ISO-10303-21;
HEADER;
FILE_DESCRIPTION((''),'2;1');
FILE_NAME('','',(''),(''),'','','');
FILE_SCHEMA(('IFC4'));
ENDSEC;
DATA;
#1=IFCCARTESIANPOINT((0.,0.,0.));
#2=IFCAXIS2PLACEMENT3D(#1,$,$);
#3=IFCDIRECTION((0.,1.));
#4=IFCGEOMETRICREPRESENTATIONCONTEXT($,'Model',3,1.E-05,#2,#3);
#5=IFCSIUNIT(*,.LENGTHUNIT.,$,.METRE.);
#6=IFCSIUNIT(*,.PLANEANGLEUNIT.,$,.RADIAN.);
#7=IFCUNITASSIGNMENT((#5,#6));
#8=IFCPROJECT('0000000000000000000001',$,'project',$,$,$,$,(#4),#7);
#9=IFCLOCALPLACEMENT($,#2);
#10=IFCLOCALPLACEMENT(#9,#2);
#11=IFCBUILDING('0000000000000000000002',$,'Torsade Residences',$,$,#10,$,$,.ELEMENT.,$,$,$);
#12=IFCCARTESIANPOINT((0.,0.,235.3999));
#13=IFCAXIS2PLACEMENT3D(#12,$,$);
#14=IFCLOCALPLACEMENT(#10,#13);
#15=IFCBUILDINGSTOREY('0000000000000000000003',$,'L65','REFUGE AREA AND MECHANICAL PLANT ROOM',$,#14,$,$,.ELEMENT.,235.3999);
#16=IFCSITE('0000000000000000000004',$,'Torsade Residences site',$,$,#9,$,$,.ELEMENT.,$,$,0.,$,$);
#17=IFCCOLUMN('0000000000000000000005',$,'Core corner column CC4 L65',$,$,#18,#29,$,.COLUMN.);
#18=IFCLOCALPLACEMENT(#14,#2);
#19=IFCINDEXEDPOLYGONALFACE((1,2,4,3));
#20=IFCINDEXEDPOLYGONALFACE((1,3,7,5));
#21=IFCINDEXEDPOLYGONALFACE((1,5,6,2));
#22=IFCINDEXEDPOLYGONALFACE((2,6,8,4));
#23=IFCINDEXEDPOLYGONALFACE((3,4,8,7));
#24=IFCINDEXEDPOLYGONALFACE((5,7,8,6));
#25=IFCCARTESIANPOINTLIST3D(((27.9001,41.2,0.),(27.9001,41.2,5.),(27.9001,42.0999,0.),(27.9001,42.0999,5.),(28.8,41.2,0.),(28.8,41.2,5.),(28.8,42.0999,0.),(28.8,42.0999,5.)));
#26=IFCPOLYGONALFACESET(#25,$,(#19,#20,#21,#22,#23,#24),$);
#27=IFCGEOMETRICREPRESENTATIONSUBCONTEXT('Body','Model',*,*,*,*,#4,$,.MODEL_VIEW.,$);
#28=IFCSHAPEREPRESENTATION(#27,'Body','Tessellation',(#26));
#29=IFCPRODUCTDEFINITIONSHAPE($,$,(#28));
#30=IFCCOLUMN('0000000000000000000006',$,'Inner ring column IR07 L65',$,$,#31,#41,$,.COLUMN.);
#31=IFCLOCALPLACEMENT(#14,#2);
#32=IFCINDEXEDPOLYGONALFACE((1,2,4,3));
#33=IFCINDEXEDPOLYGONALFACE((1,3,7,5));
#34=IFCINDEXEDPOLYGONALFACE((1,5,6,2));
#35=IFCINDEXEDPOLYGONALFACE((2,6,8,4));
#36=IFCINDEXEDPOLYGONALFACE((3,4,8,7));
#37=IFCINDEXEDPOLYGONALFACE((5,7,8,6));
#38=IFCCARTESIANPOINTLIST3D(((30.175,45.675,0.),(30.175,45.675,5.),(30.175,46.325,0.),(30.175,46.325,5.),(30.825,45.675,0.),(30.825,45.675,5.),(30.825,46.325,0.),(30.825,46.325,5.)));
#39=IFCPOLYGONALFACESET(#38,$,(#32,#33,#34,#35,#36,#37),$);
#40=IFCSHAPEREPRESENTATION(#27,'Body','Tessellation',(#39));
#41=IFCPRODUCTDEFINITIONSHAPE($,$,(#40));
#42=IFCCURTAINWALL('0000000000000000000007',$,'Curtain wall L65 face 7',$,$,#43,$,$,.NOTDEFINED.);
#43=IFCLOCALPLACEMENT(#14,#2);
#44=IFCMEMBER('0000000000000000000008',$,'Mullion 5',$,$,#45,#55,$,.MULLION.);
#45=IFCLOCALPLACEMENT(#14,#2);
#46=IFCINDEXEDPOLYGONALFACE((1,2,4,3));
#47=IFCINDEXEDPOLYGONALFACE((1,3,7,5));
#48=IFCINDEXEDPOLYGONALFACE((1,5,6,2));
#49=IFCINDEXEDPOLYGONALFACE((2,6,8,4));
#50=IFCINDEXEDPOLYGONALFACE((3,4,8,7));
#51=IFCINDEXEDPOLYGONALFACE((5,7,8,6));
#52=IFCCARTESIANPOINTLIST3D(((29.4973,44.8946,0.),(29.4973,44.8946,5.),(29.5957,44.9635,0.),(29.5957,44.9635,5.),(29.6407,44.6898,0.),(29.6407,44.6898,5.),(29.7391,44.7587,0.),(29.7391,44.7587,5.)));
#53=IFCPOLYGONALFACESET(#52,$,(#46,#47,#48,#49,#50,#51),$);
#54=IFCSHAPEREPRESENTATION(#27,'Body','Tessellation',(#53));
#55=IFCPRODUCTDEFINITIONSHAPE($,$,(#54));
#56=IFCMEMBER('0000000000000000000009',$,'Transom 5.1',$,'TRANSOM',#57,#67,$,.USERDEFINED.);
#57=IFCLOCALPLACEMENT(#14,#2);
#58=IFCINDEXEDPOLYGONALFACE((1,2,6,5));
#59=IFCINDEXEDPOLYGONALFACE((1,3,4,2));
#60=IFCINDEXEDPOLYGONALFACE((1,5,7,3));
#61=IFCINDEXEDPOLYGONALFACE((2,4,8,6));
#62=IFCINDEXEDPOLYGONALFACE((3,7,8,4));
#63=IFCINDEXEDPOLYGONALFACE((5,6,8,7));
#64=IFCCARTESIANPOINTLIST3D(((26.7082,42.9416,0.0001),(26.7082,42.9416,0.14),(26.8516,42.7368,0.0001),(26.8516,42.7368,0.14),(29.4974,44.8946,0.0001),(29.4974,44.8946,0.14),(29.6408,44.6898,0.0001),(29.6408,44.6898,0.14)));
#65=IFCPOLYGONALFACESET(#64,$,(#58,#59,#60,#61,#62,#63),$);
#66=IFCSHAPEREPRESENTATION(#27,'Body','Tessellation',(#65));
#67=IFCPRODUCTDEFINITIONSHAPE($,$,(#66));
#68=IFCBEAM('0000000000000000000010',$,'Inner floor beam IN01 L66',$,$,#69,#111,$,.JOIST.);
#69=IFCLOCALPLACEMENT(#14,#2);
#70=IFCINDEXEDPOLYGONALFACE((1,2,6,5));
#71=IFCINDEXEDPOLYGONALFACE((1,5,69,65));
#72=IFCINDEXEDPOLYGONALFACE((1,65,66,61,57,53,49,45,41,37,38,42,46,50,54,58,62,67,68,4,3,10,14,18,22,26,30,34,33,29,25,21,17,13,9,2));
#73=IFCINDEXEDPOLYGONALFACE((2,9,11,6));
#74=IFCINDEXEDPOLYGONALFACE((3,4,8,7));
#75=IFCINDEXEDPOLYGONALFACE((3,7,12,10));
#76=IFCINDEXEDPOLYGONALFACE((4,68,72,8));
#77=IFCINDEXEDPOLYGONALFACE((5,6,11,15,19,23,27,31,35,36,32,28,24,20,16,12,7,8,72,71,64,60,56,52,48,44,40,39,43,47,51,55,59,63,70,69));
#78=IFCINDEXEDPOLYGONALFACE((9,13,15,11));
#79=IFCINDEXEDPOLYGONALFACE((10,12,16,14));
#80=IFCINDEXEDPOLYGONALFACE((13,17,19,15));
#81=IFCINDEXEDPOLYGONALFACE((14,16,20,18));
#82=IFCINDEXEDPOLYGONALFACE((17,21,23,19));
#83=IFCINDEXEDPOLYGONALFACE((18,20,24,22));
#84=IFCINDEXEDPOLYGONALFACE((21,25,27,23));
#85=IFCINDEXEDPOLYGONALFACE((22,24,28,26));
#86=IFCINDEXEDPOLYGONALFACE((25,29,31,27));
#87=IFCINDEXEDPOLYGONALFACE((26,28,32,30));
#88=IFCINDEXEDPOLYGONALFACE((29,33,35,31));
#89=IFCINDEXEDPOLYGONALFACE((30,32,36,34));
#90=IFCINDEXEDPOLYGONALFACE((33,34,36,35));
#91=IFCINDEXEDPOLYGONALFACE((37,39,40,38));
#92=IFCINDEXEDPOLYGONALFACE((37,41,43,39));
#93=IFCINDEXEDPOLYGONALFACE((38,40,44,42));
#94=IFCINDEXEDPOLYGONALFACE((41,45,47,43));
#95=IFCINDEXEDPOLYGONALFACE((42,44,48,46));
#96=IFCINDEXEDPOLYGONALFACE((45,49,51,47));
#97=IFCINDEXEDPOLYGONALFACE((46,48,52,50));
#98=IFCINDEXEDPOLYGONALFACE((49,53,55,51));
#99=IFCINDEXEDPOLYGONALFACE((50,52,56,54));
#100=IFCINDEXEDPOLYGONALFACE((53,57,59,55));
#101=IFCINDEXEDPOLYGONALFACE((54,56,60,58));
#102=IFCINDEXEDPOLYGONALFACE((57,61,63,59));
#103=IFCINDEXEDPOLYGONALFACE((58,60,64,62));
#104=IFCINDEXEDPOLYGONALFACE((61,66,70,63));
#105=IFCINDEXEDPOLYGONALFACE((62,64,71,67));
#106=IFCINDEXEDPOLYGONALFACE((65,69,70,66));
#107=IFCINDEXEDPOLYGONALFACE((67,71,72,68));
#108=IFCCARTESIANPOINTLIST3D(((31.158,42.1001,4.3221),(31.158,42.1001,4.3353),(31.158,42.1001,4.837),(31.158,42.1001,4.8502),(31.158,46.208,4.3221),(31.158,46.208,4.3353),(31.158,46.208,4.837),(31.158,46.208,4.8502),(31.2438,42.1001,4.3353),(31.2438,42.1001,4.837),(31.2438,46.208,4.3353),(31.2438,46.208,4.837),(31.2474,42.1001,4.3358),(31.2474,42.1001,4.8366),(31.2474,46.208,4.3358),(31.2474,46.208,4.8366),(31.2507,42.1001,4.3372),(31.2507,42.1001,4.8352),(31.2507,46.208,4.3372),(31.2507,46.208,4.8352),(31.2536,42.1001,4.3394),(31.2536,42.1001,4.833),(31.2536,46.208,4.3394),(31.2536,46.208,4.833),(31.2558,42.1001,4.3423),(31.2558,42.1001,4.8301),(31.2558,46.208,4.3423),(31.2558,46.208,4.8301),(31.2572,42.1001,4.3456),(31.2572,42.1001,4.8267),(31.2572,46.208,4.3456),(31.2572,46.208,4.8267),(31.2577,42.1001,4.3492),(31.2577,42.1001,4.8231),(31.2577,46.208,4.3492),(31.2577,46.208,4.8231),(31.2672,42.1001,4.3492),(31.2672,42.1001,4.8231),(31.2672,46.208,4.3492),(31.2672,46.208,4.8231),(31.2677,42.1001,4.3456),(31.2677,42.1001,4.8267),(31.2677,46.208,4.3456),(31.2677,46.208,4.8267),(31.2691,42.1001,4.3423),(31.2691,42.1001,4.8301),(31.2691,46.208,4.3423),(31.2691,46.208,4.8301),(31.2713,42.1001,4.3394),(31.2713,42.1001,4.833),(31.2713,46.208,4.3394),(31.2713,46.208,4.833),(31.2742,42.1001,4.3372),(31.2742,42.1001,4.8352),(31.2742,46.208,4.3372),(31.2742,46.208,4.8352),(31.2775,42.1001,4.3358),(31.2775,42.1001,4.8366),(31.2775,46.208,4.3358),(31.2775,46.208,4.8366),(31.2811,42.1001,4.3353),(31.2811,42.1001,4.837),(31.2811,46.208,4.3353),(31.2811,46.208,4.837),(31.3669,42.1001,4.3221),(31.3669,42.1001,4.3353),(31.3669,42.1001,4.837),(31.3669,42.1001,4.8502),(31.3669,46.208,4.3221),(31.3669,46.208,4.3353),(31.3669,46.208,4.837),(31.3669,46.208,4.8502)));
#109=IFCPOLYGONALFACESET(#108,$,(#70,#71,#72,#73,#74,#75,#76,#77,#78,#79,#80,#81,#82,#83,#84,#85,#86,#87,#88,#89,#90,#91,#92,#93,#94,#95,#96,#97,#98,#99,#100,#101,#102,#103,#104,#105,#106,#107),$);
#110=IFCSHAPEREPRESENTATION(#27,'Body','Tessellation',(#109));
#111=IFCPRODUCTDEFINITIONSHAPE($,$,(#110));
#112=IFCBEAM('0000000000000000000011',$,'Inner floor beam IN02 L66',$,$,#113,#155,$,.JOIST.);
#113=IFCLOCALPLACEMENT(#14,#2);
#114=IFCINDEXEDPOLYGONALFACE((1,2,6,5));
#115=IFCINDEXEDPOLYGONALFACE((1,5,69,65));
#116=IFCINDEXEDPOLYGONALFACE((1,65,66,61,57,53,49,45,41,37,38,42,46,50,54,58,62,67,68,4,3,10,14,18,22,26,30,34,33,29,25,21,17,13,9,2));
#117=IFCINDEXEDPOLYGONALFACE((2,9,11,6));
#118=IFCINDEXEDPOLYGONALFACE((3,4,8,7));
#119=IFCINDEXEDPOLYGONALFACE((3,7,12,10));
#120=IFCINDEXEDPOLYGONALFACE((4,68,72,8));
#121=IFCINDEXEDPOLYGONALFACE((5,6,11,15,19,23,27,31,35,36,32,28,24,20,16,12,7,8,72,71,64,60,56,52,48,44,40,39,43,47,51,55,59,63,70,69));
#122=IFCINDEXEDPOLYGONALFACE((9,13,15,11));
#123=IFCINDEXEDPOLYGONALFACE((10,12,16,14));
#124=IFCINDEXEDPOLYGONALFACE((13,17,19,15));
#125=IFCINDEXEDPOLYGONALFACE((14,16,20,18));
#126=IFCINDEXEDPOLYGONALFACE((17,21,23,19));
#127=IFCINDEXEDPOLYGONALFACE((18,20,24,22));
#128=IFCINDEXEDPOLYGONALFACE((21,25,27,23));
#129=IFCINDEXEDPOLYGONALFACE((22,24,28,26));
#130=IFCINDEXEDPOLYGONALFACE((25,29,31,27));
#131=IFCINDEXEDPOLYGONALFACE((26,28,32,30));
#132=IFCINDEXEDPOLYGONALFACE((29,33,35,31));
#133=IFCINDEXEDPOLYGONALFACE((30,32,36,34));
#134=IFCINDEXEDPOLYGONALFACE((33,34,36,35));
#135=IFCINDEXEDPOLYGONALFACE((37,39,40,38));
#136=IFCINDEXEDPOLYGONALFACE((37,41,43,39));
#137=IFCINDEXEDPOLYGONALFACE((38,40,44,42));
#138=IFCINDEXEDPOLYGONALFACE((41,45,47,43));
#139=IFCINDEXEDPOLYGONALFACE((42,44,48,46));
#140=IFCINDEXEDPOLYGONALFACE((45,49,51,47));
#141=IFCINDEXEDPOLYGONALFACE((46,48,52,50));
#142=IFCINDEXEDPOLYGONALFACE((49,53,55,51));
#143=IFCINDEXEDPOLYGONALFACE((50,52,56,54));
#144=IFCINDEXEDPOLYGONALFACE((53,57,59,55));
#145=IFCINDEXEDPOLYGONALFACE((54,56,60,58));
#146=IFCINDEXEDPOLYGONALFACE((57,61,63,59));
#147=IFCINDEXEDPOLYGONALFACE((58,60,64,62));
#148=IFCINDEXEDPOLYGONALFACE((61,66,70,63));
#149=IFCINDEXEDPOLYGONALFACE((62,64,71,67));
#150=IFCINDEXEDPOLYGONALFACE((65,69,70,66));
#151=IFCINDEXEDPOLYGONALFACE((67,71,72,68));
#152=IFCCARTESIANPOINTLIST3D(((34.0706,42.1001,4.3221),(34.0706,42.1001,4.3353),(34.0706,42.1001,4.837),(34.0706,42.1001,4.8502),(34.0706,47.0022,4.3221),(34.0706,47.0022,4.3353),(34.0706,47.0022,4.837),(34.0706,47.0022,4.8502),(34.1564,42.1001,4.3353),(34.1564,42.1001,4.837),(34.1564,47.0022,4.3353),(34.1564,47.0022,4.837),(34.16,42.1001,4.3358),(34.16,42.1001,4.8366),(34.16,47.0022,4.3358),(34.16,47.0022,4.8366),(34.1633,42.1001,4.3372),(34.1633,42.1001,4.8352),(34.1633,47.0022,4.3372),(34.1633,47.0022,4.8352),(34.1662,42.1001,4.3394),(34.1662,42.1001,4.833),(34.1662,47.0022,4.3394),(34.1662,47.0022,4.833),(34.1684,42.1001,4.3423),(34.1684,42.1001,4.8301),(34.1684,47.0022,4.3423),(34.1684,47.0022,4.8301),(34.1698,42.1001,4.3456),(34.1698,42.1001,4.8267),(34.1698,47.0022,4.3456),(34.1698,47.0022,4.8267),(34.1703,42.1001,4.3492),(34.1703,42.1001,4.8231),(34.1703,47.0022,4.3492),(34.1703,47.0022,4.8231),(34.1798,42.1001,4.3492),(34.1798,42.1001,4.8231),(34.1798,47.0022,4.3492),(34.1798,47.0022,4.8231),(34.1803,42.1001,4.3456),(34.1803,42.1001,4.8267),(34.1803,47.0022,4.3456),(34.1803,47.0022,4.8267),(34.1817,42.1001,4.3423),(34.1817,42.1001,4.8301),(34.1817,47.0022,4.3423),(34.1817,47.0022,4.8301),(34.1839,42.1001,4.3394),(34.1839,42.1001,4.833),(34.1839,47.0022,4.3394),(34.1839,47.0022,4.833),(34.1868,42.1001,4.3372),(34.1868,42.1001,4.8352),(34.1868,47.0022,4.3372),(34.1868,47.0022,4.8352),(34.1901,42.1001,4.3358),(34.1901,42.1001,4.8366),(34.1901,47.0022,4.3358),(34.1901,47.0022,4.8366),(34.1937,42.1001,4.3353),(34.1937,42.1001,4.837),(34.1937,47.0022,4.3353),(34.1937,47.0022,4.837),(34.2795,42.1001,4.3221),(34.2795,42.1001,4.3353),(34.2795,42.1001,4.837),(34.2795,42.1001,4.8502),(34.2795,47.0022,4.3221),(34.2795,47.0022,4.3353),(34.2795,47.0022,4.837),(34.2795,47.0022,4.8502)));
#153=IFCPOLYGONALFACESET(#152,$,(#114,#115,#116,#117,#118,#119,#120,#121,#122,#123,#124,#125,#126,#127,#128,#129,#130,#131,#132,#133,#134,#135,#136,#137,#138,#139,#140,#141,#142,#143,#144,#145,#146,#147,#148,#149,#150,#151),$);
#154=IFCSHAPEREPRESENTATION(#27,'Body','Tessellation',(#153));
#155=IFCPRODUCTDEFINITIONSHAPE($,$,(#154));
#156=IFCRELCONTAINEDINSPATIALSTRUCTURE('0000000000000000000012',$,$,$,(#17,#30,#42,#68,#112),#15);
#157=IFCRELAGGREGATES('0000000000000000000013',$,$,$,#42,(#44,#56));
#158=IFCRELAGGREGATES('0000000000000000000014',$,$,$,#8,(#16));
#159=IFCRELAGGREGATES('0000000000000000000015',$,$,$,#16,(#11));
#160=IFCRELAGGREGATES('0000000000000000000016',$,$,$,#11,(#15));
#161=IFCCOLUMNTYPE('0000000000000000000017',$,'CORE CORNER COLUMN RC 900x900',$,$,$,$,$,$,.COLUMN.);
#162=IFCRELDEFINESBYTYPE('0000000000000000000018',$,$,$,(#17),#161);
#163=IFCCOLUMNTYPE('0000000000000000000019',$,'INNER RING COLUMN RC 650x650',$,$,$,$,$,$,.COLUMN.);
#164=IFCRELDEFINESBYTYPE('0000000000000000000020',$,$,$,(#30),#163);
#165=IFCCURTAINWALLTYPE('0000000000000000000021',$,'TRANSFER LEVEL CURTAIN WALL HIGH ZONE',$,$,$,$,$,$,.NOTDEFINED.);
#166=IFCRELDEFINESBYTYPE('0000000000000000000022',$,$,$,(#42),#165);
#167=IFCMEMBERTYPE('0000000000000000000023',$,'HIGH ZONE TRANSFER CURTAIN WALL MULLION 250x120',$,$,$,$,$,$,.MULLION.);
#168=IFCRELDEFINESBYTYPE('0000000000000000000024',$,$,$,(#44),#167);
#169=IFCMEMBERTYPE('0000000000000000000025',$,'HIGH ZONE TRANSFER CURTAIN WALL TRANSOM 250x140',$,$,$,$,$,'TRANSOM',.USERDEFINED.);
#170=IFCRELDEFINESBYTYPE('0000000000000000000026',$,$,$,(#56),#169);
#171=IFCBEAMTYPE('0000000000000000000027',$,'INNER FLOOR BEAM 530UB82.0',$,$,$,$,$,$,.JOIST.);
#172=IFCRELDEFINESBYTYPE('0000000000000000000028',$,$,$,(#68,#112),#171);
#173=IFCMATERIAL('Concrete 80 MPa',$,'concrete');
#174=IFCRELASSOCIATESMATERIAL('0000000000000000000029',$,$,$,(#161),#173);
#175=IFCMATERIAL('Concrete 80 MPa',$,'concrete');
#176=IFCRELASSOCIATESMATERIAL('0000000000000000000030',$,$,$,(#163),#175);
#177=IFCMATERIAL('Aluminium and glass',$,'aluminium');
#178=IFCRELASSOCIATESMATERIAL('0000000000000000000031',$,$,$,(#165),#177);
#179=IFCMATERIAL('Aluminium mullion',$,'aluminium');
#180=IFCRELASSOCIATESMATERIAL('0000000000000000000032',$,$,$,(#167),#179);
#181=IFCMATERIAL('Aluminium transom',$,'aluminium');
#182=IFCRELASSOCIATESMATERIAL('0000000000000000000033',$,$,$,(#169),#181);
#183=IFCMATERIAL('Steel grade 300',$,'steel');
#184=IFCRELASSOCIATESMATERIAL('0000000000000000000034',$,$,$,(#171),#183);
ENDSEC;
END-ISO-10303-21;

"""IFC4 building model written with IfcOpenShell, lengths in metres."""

from ifc_helpers import new_model, si_unit, direction, frame, origin, origin_2d, place, context, subcontext, project, spatial, rectangle, i_section, extrude, material, material_profile, profile_set, type_object, element, aggregate, save


model = new_model("IFC4")

# Units and contexts
model_context = context("Model", 3, precision=1e-05, world=origin(), true_north=direction((0.0, 1.0)))
body_context = subcontext(model_context, "Body", "Model", "MODEL_VIEW")
ifc_project = project(units=[si_unit("LENGTHUNIT", "METRE"), si_unit("PLANEANGLEUNIT", "RADIAN")], contexts=[model_context])

# Site, building, storey
site_placement = place(None, origin())
site = spatial("IfcSite", under=ifc_project, at=site_placement, Name="Torsade Residences site", CompositionType="ELEMENT", RefElevation=0.0)
building_placement = place(site_placement, origin())
building = spatial("IfcBuilding", under=site, at=building_placement, Name="Torsade Residences", CompositionType="ELEMENT")
storey_placement = place(building_placement, frame((0.0, 0.0, 235.3999)))
storey = spatial("IfcBuildingStorey", under=building, at=storey_placement, Name="L65", Description="REFUGE AREA AND MECHANICAL PLANT ROOM", CompositionType="ELEMENT", Elevation=235.3999)

# Columns
ifc_material_1 = material(Name="Concrete 80 MPa", Category="concrete")
ifc_material_profile_1 = material_profile(ifc_material_1, rectangle(XDim=0.8999, YDim=0.8999, at=origin_2d()), Name="RC 900x900")
ifc_profile_set_1 = profile_set([ifc_material_profile_1], Name="Concrete 80 MPa")
column_type_1 = type_object("IfcColumnType", Name="CORE CORNER COLUMN RC 900x900", PredefinedType="COLUMN", material=ifc_profile_set_1)
column_1_placement = place(storey_placement, frame((28.3501, 41.6499, 0.0), z_axis=(0.0, 0.0, 1.0), x_axis=(1.0, 0.0, 0.0)))
element("IfcColumn", 1, at=column_1_placement, inside=storey, type_object=column_type_1, Name="Core corner column CC4 L65", PredefinedType="COLUMN", context=body_context, shape_type="SweptSolid", body=[
    extrude(rectangle(XDim=0.8999, YDim=0.8999, at=origin_2d()), origin(), (0.0, 0.0, 1.0), 5.0),
])
ifc_material_2 = material(Name="Concrete 80 MPa", Category="concrete")
ifc_material_profile_2 = material_profile(ifc_material_2, rectangle(XDim=0.6499, YDim=0.6499, at=origin_2d()), Name="RC 650x650")
ifc_profile_set_2 = profile_set([ifc_material_profile_2], Name="Concrete 80 MPa")
column_type_2 = type_object("IfcColumnType", Name="INNER RING COLUMN RC 650x650", PredefinedType="COLUMN", material=ifc_profile_set_2)
column_2_placement = place(storey_placement, frame((30.5, 46.0, 0.0), z_axis=(0.0, 0.0, 1.0), x_axis=(1.0, 0.0, 0.0)))
element("IfcColumn", 2, at=column_2_placement, inside=storey, type_object=column_type_2, Name="Inner ring column IR07 L65", PredefinedType="COLUMN", context=body_context, shape_type="SweptSolid", body=[
    extrude(rectangle(XDim=0.6499, YDim=0.6499, at=origin_2d()), origin(), (0.0, 0.0, 1.0), 5.0),
])

# Curtain wall, members
ifc_material_3 = material(Name="Aluminium and glass", Category="aluminium")
curtain_wall_type = type_object("IfcCurtainWallType", Name="TRANSFER LEVEL CURTAIN WALL HIGH ZONE", PredefinedType="NOTDEFINED", material=ifc_material_3)
curtain_wall_placement = place(storey_placement, origin())
curtain_wall = element("IfcCurtainWall", 3, at=curtain_wall_placement, inside=storey, type_object=curtain_wall_type, Name="Curtain wall L65 face 7", PredefinedType="NOTDEFINED")
ifc_material_4 = material(Name="Aluminium mullion", Category="aluminium")
ifc_material_profile_3 = material_profile(ifc_material_4, rectangle(XDim=0.25, YDim=0.1201, at=origin_2d()), Name="HIGH ZONE TRANSFER CURTAIN WALL MULLION 250x120")
ifc_profile_set_3 = profile_set([ifc_material_profile_3], Name="Aluminium mullion")
member_type_1 = type_object("IfcMemberType", Name="HIGH ZONE TRANSFER CURTAIN WALL MULLION 250x120", PredefinedType="MULLION", material=ifc_profile_set_3)
member_1_placement = place(storey_placement, frame((29.6182, 44.8267, 0.0), z_axis=(0.0, 0.0, 1.0), x_axis=(0.573576, -0.819152, 0.0)))
member_1 = element("IfcMember", 4, at=member_1_placement, type_object=member_type_1, Name="Mullion 5", PredefinedType="MULLION", context=body_context, shape_type="SweptSolid", body=[
    extrude(rectangle(XDim=0.25, YDim=0.1201, at=origin_2d()), origin(), (0.0, 0.0, 1.0), 5.0),
])
ifc_material_5 = material(Name="Aluminium transom", Category="aluminium")
ifc_material_profile_4 = material_profile(ifc_material_5, rectangle(XDim=0.25, YDim=0.1399, at=origin_2d()), Name="HIGH ZONE TRANSFER CURTAIN WALL TRANSOM 250x140")
ifc_profile_set_4 = profile_set([ifc_material_profile_4], Name="Aluminium transom")
member_type_2 = type_object("IfcMemberType", Name="HIGH ZONE TRANSFER CURTAIN WALL TRANSOM 250x140", ElementType="TRANSOM", PredefinedType="USERDEFINED", material=ifc_profile_set_4)
member_2_placement = place(storey_placement, frame((29.5691, 44.7922, 0.0701), z_axis=(-0.819148, -0.573583, 0.0), x_axis=(0.573583, -0.819148, 0.0)))
member_2 = element("IfcMember", 5, at=member_2_placement, type_object=member_type_2, Name="Transom 5.1", ObjectType="TRANSOM", PredefinedType="USERDEFINED", context=body_context, shape_type="SweptSolid", body=[
    extrude(rectangle(XDim=0.25, YDim=0.1399, at=origin_2d()), origin(), (0.0, 0.0, 1.0), 3.405),
])

# Beams
ifc_material_6 = material(Name="Steel grade 300", Category="steel")
ifc_material_profile_5 = material_profile(ifc_material_6, i_section(OverallWidth=0.209, OverallDepth=0.5281, WebThickness=0.0095, FlangeThickness=0.0132, FilletRadius=0.0139, at=origin_2d()), Name="530UB82.0")
ifc_profile_set_5 = profile_set([ifc_material_profile_5], Name="Steel grade 300")
beam_type_1 = type_object("IfcBeamType", Name="INNER FLOOR BEAM 530UB82.0", PredefinedType="JOIST", material=ifc_profile_set_5)
beam_1_placement = place(storey_placement, frame((31.2625, 42.1001, 4.5862), z_axis=(0.0, 1.0, 0.0), x_axis=(-1.0, 0.0, 0.0)))
element("IfcBeam", 6, at=beam_1_placement, inside=storey, type_object=beam_type_1, Name="Inner floor beam IN01 L66", PredefinedType="JOIST", context=body_context, shape_type="SweptSolid", body=[
    extrude(i_section(OverallWidth=0.209, OverallDepth=0.5281, WebThickness=0.0095, FlangeThickness=0.0132, FilletRadius=0.0139, at=origin_2d()), origin(), (0.0, 0.0, 1.0), 4.1079),
])
beam_2_placement = place(storey_placement, frame((34.175, 42.1001, 4.5862), z_axis=(0.0, 1.0, 0.0), x_axis=(-1.0, 0.0, 0.0)))
element("IfcBeam", 7, at=beam_2_placement, inside=storey, type_object=beam_type_1, Name="Inner floor beam IN02 L66", PredefinedType="JOIST", context=body_context, shape_type="SweptSolid", body=[
    extrude(i_section(OverallWidth=0.209, OverallDepth=0.5281, WebThickness=0.0095, FlangeThickness=0.0132, FilletRadius=0.0139, at=origin_2d()), origin(), (0.0, 0.0, 1.0), 4.9021),
])

aggregate(curtain_wall, [member_1, member_2])

save(model, "model.ifc")
